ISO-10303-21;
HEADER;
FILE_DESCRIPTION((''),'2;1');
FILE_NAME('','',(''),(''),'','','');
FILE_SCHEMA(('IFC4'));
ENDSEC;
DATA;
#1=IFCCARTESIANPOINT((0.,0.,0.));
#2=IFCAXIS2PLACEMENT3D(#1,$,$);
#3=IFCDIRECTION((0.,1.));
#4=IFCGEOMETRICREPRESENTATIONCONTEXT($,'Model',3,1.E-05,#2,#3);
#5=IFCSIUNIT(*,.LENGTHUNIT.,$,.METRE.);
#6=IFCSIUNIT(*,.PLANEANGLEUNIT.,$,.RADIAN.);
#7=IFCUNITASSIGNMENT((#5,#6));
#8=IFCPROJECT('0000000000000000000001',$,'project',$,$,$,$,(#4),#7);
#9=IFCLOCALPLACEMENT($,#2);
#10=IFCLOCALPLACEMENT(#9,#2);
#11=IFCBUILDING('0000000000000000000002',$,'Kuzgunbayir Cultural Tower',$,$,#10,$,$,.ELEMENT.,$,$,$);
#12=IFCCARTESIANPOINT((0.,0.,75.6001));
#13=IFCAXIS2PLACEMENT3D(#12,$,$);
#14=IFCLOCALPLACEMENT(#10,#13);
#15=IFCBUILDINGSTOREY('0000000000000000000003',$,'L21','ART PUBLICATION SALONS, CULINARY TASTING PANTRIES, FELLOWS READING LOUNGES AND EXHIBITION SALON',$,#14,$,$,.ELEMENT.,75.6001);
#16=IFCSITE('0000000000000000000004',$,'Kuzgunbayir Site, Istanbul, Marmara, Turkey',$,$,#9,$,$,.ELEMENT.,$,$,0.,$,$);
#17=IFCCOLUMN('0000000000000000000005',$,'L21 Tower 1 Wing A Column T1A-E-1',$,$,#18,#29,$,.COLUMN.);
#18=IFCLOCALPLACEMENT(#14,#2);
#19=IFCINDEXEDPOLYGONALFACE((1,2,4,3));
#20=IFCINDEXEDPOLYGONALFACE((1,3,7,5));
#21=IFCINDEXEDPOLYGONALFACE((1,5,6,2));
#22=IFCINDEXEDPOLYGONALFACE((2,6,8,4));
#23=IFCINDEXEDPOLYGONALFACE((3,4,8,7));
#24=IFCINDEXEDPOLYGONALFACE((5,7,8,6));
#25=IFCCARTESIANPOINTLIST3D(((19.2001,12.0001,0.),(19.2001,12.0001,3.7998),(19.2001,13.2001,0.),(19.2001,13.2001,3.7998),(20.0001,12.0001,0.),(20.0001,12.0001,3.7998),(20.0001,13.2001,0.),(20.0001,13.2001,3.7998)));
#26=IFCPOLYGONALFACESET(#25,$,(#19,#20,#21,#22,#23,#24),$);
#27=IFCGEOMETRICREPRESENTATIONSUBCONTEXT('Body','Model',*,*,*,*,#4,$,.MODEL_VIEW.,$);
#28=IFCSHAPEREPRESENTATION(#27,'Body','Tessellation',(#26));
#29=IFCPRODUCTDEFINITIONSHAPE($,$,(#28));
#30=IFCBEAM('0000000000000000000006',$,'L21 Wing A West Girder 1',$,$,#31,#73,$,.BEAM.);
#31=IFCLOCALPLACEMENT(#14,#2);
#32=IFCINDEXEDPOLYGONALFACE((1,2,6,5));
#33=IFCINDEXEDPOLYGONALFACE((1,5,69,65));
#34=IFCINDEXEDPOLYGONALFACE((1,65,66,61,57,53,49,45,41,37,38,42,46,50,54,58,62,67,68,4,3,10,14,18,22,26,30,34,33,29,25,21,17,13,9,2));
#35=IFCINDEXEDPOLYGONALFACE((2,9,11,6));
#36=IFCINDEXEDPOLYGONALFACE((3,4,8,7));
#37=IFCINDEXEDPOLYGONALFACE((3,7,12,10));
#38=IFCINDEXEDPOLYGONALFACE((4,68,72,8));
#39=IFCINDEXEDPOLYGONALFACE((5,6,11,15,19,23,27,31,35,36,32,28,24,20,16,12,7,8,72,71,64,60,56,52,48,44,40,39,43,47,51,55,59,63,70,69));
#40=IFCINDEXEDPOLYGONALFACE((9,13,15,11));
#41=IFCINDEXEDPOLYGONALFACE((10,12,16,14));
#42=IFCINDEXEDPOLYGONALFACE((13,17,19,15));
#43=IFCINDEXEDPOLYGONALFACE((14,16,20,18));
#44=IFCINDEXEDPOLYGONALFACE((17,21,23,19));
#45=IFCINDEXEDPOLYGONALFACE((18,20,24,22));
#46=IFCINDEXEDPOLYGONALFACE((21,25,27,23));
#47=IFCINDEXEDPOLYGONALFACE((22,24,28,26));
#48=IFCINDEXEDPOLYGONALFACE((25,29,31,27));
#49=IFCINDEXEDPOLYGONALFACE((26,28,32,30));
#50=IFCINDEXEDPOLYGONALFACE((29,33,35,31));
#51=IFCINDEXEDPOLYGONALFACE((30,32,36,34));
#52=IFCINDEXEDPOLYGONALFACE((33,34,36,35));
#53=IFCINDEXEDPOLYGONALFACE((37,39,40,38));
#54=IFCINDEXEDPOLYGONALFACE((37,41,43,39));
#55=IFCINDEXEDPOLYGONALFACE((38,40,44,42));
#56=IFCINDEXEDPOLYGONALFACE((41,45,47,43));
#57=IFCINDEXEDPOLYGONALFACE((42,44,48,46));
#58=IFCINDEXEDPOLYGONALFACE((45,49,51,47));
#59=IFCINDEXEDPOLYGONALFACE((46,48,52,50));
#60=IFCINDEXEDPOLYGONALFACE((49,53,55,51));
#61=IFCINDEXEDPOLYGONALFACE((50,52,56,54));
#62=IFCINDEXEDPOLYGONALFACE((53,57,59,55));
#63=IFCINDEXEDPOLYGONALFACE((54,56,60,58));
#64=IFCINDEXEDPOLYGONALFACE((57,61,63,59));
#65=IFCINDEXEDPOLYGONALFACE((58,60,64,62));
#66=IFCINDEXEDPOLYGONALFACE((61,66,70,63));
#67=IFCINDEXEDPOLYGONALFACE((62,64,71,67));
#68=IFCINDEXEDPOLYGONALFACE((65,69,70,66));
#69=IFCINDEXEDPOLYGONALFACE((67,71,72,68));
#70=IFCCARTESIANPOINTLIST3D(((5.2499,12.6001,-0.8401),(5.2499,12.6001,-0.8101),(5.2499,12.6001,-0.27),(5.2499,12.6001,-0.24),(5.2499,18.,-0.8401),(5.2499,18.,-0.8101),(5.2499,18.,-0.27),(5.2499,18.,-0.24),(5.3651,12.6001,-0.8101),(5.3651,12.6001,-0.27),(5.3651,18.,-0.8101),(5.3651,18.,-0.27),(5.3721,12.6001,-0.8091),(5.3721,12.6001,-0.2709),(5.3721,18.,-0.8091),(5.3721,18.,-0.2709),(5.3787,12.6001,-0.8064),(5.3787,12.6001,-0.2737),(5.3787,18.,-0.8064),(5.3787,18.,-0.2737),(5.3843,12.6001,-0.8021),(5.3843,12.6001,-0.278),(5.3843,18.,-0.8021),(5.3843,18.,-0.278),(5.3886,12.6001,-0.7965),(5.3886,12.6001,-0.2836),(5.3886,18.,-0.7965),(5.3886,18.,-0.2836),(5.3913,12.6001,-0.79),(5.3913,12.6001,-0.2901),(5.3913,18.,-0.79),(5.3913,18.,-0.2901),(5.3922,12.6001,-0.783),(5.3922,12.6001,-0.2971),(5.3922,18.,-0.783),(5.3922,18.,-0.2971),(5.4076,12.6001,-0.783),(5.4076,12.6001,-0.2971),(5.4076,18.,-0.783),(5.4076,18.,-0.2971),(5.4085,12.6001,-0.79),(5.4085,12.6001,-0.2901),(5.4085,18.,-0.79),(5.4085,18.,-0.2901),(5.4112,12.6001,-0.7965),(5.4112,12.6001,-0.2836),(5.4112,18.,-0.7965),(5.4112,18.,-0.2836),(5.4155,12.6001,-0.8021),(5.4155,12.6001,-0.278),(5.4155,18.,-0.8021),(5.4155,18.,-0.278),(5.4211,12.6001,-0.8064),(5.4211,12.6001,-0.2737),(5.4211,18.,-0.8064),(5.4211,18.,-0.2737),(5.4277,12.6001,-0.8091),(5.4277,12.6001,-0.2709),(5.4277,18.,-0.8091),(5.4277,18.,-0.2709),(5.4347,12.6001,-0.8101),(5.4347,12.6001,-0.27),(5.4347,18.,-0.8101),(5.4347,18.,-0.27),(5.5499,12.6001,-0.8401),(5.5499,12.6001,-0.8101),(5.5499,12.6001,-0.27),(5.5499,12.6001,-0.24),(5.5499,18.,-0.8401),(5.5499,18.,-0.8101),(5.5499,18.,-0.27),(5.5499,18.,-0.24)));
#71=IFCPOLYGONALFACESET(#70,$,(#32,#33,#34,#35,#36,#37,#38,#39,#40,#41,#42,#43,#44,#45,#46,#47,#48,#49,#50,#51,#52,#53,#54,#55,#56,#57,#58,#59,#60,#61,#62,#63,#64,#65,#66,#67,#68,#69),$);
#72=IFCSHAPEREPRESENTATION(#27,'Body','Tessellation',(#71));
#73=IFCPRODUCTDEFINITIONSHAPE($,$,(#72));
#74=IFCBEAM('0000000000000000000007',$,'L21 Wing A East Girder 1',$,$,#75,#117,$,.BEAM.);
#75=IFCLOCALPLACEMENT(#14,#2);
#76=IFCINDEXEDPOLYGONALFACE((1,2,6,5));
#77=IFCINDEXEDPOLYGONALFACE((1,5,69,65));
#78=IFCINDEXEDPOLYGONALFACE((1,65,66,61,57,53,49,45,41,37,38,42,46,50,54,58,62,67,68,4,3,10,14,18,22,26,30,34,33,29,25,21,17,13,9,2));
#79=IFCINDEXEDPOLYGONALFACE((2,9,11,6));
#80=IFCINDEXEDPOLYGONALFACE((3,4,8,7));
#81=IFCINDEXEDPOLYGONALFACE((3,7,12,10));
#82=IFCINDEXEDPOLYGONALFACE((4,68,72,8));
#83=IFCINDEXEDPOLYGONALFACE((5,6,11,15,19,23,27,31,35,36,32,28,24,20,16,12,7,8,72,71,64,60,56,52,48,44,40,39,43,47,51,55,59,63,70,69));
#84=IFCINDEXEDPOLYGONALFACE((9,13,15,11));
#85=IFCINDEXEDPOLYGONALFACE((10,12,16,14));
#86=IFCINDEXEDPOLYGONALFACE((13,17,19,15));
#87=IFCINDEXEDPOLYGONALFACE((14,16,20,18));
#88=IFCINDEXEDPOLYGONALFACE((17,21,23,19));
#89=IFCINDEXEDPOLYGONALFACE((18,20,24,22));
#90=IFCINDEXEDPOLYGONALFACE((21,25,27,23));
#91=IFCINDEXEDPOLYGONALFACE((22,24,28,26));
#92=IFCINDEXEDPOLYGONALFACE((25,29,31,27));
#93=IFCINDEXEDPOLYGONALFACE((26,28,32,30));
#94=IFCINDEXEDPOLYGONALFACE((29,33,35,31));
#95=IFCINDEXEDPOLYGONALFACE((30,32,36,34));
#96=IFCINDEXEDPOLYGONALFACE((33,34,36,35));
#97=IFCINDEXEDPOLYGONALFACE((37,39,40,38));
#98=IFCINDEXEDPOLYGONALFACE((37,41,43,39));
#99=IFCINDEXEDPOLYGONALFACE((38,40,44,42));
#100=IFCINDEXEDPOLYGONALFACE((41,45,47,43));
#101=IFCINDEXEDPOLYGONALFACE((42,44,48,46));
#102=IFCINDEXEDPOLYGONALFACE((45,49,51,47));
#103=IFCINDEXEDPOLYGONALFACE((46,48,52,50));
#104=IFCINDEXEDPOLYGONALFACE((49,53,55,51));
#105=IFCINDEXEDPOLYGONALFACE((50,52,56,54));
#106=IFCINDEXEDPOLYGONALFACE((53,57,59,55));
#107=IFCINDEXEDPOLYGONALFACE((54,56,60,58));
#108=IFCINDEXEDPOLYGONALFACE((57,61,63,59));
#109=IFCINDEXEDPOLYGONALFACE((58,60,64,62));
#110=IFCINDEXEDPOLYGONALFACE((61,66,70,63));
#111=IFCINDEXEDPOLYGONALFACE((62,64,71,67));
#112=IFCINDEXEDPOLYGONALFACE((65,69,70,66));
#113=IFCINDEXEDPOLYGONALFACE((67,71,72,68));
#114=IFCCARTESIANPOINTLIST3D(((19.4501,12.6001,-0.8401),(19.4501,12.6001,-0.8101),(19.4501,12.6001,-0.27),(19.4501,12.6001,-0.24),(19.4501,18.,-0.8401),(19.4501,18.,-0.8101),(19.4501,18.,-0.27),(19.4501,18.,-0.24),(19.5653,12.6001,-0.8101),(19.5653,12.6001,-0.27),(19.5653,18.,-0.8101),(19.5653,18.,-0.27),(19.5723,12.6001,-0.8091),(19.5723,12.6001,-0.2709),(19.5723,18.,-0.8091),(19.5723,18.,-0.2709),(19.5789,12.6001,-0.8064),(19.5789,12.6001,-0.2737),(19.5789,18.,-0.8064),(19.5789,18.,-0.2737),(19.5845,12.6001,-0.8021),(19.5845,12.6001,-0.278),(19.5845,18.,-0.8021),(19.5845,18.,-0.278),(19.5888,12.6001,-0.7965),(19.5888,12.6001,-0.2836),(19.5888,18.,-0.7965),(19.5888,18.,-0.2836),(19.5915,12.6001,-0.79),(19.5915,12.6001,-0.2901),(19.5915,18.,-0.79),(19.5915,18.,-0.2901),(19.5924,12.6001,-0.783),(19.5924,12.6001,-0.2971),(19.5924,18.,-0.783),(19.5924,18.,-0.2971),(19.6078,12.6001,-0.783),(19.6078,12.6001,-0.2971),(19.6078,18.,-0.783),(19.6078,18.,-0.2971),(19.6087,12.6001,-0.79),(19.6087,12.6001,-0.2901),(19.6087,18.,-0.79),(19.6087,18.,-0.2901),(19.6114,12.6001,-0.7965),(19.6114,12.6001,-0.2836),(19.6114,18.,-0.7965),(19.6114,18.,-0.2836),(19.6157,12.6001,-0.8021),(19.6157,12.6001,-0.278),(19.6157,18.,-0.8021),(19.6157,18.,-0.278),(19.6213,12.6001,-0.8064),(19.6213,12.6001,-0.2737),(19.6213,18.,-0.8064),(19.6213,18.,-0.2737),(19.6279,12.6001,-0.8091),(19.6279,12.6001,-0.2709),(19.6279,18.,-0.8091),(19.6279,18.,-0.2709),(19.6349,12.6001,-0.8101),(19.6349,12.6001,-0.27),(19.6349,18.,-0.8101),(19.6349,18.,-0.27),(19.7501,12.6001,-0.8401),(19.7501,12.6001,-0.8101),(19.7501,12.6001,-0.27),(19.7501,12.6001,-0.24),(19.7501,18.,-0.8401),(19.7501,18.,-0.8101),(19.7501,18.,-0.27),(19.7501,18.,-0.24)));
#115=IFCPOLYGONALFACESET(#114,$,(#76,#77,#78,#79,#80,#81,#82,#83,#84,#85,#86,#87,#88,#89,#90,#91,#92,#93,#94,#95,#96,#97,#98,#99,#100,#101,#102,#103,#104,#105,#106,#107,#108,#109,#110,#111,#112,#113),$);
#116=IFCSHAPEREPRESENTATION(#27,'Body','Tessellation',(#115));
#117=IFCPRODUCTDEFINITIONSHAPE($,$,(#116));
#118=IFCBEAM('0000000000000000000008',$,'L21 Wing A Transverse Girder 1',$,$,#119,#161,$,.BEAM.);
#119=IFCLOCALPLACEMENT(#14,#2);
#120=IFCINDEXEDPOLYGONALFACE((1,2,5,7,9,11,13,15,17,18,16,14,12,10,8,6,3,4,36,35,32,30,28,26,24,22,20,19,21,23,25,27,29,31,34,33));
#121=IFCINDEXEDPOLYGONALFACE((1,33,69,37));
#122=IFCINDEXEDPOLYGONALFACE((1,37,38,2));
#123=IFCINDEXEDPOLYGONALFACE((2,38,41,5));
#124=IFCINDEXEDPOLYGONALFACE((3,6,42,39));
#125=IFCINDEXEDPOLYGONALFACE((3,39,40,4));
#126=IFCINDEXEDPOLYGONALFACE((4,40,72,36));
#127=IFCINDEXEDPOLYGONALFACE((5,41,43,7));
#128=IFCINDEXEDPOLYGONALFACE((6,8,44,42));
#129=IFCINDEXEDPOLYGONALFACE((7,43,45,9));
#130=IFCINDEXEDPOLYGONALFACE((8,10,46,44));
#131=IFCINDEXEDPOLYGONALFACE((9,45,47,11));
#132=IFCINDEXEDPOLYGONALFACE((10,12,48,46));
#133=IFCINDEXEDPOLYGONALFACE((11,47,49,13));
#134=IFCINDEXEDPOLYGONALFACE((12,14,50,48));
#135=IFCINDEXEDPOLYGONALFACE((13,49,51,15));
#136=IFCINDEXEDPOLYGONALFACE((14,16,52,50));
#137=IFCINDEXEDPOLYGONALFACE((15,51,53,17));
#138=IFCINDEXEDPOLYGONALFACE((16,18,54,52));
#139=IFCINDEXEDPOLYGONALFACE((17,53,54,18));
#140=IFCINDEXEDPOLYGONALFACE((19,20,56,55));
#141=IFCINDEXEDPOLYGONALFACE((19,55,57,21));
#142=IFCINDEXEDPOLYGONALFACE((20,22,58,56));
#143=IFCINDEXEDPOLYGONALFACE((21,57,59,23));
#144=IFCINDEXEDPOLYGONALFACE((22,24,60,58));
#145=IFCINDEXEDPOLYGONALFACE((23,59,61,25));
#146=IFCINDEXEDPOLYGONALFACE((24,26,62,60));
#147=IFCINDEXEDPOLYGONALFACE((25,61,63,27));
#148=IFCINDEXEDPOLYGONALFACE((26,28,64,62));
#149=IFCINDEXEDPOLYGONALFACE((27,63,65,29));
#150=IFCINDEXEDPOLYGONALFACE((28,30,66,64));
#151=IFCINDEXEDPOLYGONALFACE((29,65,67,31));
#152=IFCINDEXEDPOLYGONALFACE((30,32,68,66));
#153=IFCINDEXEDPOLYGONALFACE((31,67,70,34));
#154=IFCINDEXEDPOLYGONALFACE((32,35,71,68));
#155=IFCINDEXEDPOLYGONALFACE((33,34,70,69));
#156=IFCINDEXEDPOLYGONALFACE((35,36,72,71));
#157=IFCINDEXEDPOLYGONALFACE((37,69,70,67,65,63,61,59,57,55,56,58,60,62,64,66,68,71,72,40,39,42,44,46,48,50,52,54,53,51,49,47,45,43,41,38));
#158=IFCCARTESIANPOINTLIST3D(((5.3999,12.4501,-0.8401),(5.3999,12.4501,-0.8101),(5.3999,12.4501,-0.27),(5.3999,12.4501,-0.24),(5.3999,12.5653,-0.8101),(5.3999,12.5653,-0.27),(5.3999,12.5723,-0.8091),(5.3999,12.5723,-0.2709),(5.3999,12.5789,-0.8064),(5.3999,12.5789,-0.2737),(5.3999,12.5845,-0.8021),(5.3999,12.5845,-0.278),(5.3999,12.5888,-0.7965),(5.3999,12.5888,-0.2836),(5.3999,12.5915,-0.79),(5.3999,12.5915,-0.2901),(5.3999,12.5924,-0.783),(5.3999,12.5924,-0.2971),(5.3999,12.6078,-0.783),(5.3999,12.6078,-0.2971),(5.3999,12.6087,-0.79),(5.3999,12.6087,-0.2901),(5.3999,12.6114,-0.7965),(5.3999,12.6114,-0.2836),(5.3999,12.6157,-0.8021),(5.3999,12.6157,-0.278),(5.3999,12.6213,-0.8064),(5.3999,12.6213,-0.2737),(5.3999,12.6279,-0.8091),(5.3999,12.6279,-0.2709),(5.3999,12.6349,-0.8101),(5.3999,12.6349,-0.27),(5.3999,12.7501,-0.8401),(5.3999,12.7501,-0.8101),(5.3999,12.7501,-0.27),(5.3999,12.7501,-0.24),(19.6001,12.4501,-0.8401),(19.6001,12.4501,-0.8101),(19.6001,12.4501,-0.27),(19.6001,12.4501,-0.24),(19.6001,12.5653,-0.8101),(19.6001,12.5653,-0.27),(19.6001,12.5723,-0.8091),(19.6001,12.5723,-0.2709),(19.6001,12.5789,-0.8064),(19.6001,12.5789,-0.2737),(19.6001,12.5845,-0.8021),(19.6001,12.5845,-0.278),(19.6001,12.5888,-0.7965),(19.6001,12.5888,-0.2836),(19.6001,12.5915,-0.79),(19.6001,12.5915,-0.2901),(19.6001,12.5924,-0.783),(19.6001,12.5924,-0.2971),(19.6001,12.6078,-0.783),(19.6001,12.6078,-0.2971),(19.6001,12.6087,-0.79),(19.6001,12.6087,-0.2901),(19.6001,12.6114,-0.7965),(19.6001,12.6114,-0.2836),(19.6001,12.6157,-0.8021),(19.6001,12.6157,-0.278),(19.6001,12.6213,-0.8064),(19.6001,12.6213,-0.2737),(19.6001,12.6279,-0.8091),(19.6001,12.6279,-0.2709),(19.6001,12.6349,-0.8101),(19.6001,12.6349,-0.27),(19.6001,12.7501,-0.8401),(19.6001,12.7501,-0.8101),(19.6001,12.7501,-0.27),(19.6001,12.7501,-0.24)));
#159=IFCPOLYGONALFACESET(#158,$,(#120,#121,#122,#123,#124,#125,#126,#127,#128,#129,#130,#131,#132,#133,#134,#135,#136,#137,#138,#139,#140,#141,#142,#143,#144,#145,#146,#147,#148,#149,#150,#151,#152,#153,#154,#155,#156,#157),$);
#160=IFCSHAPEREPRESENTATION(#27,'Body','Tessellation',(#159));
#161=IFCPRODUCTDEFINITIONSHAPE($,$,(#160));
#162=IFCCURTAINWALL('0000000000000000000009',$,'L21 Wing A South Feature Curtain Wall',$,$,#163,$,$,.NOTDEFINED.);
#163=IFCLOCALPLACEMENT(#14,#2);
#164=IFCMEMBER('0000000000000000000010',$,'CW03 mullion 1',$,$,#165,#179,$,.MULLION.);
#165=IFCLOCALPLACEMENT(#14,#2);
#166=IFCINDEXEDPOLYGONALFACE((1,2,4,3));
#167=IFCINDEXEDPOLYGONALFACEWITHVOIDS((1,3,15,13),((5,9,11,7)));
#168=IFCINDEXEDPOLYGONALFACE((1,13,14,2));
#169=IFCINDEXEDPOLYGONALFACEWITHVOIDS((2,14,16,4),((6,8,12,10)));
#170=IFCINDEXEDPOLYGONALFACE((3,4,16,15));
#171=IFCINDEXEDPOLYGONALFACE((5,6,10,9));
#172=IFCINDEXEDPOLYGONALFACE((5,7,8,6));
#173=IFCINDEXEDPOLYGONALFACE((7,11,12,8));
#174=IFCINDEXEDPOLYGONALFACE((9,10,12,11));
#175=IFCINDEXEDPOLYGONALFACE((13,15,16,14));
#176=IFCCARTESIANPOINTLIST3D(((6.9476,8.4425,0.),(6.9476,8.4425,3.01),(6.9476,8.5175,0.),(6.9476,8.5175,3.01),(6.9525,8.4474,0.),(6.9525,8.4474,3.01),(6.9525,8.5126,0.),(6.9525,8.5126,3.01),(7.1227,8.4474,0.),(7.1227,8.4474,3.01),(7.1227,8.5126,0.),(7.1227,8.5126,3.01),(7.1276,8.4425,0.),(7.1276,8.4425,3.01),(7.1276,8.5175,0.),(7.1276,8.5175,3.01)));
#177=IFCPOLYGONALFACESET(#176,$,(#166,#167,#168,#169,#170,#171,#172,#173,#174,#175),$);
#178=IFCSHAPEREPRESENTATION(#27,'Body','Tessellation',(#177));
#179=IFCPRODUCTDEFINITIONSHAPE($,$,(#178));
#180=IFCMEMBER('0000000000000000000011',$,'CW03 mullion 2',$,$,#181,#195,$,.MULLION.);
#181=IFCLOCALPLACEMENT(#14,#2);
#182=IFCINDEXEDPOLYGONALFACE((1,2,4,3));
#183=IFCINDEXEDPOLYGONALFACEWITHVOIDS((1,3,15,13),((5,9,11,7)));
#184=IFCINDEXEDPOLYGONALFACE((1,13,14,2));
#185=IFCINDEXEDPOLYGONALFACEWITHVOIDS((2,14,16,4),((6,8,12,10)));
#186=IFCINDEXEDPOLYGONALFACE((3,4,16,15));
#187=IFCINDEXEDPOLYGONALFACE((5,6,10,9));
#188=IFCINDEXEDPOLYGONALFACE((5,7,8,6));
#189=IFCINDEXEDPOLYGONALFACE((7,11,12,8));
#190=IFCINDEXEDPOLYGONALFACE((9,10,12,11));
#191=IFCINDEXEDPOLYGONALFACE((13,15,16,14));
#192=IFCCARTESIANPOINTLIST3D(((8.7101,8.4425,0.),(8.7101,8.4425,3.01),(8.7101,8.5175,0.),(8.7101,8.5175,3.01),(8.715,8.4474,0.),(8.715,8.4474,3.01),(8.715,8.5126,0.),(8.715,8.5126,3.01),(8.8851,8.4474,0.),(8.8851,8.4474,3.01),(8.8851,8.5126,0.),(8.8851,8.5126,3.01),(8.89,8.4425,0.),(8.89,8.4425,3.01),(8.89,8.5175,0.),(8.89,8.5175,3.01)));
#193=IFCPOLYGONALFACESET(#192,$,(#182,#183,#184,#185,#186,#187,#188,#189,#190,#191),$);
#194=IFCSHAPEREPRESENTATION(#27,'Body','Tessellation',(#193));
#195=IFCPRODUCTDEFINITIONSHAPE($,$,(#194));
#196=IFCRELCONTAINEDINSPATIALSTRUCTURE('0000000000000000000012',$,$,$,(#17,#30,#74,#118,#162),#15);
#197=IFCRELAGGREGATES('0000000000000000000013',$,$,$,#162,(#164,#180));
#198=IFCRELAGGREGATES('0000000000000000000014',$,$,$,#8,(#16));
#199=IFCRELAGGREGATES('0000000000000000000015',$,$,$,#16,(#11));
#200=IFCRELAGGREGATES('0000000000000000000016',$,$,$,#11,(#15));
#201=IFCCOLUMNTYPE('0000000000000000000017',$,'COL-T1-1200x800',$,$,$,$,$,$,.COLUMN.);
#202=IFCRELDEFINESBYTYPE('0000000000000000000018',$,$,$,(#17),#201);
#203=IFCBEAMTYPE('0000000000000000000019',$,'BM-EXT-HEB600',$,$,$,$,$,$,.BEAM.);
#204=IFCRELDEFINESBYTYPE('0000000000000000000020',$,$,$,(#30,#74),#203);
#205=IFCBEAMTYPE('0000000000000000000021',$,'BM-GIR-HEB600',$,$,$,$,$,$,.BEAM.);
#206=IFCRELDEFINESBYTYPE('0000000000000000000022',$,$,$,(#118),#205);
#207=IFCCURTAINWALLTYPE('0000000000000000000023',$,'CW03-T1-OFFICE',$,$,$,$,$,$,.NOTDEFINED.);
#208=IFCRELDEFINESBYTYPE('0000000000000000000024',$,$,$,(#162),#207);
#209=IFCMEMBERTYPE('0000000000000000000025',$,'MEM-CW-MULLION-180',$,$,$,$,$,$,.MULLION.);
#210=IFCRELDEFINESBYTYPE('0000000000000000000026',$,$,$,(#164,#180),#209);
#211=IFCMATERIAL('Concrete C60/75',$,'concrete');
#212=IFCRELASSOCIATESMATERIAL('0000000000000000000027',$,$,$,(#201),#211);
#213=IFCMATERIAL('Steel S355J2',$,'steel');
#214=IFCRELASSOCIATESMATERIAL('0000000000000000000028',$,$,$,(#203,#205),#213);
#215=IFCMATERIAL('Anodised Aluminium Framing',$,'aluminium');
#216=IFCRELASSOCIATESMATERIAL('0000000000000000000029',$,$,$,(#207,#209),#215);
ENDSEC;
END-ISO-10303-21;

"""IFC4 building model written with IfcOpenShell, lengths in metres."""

from ifc_helpers import new_model, si_unit, direction, frame, origin, origin_2d, place, context, subcontext, project, spatial, rectangle, hollow_rectangle, i_section, extrude, material, material_profile, profile_set, type_object, element, aggregate, save


model = new_model("IFC4")

# Units and contexts
model_context = context("Model", 3, precision=1e-05, world=origin(), true_north=direction((0.0, 1.0)))
body_context = subcontext(model_context, "Body", "Model", "MODEL_VIEW")
ifc_project = project(units=[si_unit("LENGTHUNIT", "METRE"), si_unit("PLANEANGLEUNIT", "RADIAN")], contexts=[model_context])

# Site, building, storey
site_placement = place(None, origin())
site = spatial("IfcSite", under=ifc_project, at=site_placement, Name="Kuzgunbayir Site, Istanbul, Marmara, Turkey", CompositionType="ELEMENT", RefElevation=0.0)
building_placement = place(site_placement, origin())
building = spatial("IfcBuilding", under=site, at=building_placement, Name="Kuzgunbayir Cultural Tower", CompositionType="ELEMENT")
storey_placement = place(building_placement, frame((0.0, 0.0, 75.6001)))
storey = spatial("IfcBuildingStorey", under=building, at=storey_placement, Name="L21", Description="ART PUBLICATION SALONS, CULINARY TASTING PANTRIES, FELLOWS READING LOUNGES AND EXHIBITION SALON", CompositionType="ELEMENT", Elevation=75.6001)

# Column
ifc_material_1 = material(Name="Concrete C60/75", Category="concrete")
ifc_material_profile_1 = material_profile(ifc_material_1, rectangle(XDim=0.8, YDim=1.2, at=origin_2d()), Name="RC 1200x800")
ifc_profile_set_1 = profile_set([ifc_material_profile_1], Name="Concrete C60/75")
column_type = type_object("IfcColumnType", Name="COL-T1-1200x800", PredefinedType="COLUMN", material=ifc_profile_set_1)
column_placement = place(storey_placement, frame((19.6001, 12.6001, 0.0), z_axis=(0.0, 0.0, 1.0), x_axis=(1.0, 0.0, 0.0)))
element("IfcColumn", 1, at=column_placement, inside=storey, type_object=column_type, Name="L21 Tower 1 Wing A Column T1A-E-1", PredefinedType="COLUMN", context=body_context, shape_type="SweptSolid", body=[
    extrude(rectangle(XDim=0.8, YDim=1.2, at=origin_2d()), origin(), (0.0, 0.0, 1.0), 3.7998),
])

# Beams
ifc_material_2 = material(Name="Steel S355J2", Category="steel")
ifc_material_profile_2 = material_profile(ifc_material_2, i_section(OverallWidth=0.3, OverallDepth=0.6001, WebThickness=0.0154, FlangeThickness=0.03, FilletRadius=0.0271, at=origin_2d()), Name="HEB 600")
ifc_profile_set_2 = profile_set([ifc_material_profile_2], Name="Steel S355J2")
beam_type_1 = type_object("IfcBeamType", Name="BM-EXT-HEB600", PredefinedType="BEAM", material=ifc_profile_set_2)
for number, where, z_axis, x_axis, name in (
    (2, (5.3999, 12.6001, -0.54), (0.0, 1.0, 0.0), (-1.0, 0.0, 0.0), "L21 Wing A West Girder 1"),
    (3, (19.6001, 12.6001, -0.54), (0.0, 1.0, 0.0), (-1.0, 0.0, 0.0), "L21 Wing A East Girder 1"),
):
    element("IfcBeam", number, at=place(storey_placement, frame(where, z_axis=z_axis, x_axis=x_axis)), inside=storey, type_object=beam_type_1, Name=name, PredefinedType="BEAM", context=body_context, shape_type="SweptSolid", body=[
        extrude(i_section(OverallWidth=0.3, OverallDepth=0.6001, WebThickness=0.0154, FlangeThickness=0.03, FilletRadius=0.0271, at=origin_2d()), origin(), (0.0, 0.0, 1.0), 5.3999),
    ])
ifc_material_profile_3 = material_profile(ifc_material_2, i_section(OverallWidth=0.3, OverallDepth=0.6001, WebThickness=0.0154, FlangeThickness=0.03, FilletRadius=0.0271, at=origin_2d()), Name="HEB 600")
ifc_profile_set_3 = profile_set([ifc_material_profile_3], Name="Steel S355J2")
beam_type_2 = type_object("IfcBeamType", Name="BM-GIR-HEB600", PredefinedType="BEAM", material=ifc_profile_set_3)
beam_placement = place(storey_placement, frame((5.3999, 12.6001, -0.54), z_axis=(1.0, 0.0, 0.0), x_axis=(0.0, 1.0, 0.0)))
element("IfcBeam", 4, at=beam_placement, inside=storey, type_object=beam_type_2, Name="L21 Wing A Transverse Girder 1", PredefinedType="BEAM", context=body_context, shape_type="SweptSolid", body=[
    extrude(i_section(OverallWidth=0.3, OverallDepth=0.6001, WebThickness=0.0154, FlangeThickness=0.03, FilletRadius=0.0271, at=origin_2d()), origin(), (0.0, 0.0, 1.0), 14.2002),
])

# Curtain wall, members
ifc_material_3 = material(Name="Anodised Aluminium Framing", Category="aluminium")
curtain_wall_type = type_object("IfcCurtainWallType", Name="CW03-T1-OFFICE", PredefinedType="NOTDEFINED", material=ifc_material_3)
curtain_wall_placement = place(storey_placement, origin())
curtain_wall = element("IfcCurtainWall", 5, at=curtain_wall_placement, inside=storey, type_object=curtain_wall_type, Name="L21 Wing A South Feature Curtain Wall", PredefinedType="NOTDEFINED")
ifc_material_profile_4 = material_profile(ifc_material_3, hollow_rectangle(XDim=0.075, YDim=0.1799, WallThickness=0.0049, at=origin_2d()), Name="RHS 180x75x5")
ifc_profile_set_4 = profile_set([ifc_material_profile_4], Name="Anodised Aluminium Framing")
member_type_1 = type_object("IfcMemberType", Name="MEM-CW-MULLION-180", PredefinedType="MULLION", material=ifc_profile_set_4)
member_1_placement = place(storey_placement, frame((7.0376, 8.48, 0.0), z_axis=(0.0, 0.0, 1.0), x_axis=(0.0, 1.0, 0.0)))
member_1 = element("IfcMember", 6, at=member_1_placement, type_object=member_type_1, Name="CW03 mullion 1", PredefinedType="MULLION", context=body_context, shape_type="SweptSolid", body=[
    extrude(hollow_rectangle(XDim=0.075, YDim=0.1799, WallThickness=0.0049, at=origin_2d()), origin(), (0.0, 0.0, 1.0), 3.01),
])
member_2_placement = place(storey_placement, frame((8.8, 8.48, 0.0), z_axis=(0.0, 0.0, 1.0), x_axis=(0.0, 1.0, 0.0)))
member_2 = element("IfcMember", 7, at=member_2_placement, type_object=member_type_1, Name="CW03 mullion 2", PredefinedType="MULLION", context=body_context, shape_type="SweptSolid", body=[
    extrude(hollow_rectangle(XDim=0.075, YDim=0.1799, WallThickness=0.0049, at=origin_2d()), origin(), (0.0, 0.0, 1.0), 3.01),
])
aggregate(curtain_wall, [member_1, member_2])

save(model, "model.ifc")
